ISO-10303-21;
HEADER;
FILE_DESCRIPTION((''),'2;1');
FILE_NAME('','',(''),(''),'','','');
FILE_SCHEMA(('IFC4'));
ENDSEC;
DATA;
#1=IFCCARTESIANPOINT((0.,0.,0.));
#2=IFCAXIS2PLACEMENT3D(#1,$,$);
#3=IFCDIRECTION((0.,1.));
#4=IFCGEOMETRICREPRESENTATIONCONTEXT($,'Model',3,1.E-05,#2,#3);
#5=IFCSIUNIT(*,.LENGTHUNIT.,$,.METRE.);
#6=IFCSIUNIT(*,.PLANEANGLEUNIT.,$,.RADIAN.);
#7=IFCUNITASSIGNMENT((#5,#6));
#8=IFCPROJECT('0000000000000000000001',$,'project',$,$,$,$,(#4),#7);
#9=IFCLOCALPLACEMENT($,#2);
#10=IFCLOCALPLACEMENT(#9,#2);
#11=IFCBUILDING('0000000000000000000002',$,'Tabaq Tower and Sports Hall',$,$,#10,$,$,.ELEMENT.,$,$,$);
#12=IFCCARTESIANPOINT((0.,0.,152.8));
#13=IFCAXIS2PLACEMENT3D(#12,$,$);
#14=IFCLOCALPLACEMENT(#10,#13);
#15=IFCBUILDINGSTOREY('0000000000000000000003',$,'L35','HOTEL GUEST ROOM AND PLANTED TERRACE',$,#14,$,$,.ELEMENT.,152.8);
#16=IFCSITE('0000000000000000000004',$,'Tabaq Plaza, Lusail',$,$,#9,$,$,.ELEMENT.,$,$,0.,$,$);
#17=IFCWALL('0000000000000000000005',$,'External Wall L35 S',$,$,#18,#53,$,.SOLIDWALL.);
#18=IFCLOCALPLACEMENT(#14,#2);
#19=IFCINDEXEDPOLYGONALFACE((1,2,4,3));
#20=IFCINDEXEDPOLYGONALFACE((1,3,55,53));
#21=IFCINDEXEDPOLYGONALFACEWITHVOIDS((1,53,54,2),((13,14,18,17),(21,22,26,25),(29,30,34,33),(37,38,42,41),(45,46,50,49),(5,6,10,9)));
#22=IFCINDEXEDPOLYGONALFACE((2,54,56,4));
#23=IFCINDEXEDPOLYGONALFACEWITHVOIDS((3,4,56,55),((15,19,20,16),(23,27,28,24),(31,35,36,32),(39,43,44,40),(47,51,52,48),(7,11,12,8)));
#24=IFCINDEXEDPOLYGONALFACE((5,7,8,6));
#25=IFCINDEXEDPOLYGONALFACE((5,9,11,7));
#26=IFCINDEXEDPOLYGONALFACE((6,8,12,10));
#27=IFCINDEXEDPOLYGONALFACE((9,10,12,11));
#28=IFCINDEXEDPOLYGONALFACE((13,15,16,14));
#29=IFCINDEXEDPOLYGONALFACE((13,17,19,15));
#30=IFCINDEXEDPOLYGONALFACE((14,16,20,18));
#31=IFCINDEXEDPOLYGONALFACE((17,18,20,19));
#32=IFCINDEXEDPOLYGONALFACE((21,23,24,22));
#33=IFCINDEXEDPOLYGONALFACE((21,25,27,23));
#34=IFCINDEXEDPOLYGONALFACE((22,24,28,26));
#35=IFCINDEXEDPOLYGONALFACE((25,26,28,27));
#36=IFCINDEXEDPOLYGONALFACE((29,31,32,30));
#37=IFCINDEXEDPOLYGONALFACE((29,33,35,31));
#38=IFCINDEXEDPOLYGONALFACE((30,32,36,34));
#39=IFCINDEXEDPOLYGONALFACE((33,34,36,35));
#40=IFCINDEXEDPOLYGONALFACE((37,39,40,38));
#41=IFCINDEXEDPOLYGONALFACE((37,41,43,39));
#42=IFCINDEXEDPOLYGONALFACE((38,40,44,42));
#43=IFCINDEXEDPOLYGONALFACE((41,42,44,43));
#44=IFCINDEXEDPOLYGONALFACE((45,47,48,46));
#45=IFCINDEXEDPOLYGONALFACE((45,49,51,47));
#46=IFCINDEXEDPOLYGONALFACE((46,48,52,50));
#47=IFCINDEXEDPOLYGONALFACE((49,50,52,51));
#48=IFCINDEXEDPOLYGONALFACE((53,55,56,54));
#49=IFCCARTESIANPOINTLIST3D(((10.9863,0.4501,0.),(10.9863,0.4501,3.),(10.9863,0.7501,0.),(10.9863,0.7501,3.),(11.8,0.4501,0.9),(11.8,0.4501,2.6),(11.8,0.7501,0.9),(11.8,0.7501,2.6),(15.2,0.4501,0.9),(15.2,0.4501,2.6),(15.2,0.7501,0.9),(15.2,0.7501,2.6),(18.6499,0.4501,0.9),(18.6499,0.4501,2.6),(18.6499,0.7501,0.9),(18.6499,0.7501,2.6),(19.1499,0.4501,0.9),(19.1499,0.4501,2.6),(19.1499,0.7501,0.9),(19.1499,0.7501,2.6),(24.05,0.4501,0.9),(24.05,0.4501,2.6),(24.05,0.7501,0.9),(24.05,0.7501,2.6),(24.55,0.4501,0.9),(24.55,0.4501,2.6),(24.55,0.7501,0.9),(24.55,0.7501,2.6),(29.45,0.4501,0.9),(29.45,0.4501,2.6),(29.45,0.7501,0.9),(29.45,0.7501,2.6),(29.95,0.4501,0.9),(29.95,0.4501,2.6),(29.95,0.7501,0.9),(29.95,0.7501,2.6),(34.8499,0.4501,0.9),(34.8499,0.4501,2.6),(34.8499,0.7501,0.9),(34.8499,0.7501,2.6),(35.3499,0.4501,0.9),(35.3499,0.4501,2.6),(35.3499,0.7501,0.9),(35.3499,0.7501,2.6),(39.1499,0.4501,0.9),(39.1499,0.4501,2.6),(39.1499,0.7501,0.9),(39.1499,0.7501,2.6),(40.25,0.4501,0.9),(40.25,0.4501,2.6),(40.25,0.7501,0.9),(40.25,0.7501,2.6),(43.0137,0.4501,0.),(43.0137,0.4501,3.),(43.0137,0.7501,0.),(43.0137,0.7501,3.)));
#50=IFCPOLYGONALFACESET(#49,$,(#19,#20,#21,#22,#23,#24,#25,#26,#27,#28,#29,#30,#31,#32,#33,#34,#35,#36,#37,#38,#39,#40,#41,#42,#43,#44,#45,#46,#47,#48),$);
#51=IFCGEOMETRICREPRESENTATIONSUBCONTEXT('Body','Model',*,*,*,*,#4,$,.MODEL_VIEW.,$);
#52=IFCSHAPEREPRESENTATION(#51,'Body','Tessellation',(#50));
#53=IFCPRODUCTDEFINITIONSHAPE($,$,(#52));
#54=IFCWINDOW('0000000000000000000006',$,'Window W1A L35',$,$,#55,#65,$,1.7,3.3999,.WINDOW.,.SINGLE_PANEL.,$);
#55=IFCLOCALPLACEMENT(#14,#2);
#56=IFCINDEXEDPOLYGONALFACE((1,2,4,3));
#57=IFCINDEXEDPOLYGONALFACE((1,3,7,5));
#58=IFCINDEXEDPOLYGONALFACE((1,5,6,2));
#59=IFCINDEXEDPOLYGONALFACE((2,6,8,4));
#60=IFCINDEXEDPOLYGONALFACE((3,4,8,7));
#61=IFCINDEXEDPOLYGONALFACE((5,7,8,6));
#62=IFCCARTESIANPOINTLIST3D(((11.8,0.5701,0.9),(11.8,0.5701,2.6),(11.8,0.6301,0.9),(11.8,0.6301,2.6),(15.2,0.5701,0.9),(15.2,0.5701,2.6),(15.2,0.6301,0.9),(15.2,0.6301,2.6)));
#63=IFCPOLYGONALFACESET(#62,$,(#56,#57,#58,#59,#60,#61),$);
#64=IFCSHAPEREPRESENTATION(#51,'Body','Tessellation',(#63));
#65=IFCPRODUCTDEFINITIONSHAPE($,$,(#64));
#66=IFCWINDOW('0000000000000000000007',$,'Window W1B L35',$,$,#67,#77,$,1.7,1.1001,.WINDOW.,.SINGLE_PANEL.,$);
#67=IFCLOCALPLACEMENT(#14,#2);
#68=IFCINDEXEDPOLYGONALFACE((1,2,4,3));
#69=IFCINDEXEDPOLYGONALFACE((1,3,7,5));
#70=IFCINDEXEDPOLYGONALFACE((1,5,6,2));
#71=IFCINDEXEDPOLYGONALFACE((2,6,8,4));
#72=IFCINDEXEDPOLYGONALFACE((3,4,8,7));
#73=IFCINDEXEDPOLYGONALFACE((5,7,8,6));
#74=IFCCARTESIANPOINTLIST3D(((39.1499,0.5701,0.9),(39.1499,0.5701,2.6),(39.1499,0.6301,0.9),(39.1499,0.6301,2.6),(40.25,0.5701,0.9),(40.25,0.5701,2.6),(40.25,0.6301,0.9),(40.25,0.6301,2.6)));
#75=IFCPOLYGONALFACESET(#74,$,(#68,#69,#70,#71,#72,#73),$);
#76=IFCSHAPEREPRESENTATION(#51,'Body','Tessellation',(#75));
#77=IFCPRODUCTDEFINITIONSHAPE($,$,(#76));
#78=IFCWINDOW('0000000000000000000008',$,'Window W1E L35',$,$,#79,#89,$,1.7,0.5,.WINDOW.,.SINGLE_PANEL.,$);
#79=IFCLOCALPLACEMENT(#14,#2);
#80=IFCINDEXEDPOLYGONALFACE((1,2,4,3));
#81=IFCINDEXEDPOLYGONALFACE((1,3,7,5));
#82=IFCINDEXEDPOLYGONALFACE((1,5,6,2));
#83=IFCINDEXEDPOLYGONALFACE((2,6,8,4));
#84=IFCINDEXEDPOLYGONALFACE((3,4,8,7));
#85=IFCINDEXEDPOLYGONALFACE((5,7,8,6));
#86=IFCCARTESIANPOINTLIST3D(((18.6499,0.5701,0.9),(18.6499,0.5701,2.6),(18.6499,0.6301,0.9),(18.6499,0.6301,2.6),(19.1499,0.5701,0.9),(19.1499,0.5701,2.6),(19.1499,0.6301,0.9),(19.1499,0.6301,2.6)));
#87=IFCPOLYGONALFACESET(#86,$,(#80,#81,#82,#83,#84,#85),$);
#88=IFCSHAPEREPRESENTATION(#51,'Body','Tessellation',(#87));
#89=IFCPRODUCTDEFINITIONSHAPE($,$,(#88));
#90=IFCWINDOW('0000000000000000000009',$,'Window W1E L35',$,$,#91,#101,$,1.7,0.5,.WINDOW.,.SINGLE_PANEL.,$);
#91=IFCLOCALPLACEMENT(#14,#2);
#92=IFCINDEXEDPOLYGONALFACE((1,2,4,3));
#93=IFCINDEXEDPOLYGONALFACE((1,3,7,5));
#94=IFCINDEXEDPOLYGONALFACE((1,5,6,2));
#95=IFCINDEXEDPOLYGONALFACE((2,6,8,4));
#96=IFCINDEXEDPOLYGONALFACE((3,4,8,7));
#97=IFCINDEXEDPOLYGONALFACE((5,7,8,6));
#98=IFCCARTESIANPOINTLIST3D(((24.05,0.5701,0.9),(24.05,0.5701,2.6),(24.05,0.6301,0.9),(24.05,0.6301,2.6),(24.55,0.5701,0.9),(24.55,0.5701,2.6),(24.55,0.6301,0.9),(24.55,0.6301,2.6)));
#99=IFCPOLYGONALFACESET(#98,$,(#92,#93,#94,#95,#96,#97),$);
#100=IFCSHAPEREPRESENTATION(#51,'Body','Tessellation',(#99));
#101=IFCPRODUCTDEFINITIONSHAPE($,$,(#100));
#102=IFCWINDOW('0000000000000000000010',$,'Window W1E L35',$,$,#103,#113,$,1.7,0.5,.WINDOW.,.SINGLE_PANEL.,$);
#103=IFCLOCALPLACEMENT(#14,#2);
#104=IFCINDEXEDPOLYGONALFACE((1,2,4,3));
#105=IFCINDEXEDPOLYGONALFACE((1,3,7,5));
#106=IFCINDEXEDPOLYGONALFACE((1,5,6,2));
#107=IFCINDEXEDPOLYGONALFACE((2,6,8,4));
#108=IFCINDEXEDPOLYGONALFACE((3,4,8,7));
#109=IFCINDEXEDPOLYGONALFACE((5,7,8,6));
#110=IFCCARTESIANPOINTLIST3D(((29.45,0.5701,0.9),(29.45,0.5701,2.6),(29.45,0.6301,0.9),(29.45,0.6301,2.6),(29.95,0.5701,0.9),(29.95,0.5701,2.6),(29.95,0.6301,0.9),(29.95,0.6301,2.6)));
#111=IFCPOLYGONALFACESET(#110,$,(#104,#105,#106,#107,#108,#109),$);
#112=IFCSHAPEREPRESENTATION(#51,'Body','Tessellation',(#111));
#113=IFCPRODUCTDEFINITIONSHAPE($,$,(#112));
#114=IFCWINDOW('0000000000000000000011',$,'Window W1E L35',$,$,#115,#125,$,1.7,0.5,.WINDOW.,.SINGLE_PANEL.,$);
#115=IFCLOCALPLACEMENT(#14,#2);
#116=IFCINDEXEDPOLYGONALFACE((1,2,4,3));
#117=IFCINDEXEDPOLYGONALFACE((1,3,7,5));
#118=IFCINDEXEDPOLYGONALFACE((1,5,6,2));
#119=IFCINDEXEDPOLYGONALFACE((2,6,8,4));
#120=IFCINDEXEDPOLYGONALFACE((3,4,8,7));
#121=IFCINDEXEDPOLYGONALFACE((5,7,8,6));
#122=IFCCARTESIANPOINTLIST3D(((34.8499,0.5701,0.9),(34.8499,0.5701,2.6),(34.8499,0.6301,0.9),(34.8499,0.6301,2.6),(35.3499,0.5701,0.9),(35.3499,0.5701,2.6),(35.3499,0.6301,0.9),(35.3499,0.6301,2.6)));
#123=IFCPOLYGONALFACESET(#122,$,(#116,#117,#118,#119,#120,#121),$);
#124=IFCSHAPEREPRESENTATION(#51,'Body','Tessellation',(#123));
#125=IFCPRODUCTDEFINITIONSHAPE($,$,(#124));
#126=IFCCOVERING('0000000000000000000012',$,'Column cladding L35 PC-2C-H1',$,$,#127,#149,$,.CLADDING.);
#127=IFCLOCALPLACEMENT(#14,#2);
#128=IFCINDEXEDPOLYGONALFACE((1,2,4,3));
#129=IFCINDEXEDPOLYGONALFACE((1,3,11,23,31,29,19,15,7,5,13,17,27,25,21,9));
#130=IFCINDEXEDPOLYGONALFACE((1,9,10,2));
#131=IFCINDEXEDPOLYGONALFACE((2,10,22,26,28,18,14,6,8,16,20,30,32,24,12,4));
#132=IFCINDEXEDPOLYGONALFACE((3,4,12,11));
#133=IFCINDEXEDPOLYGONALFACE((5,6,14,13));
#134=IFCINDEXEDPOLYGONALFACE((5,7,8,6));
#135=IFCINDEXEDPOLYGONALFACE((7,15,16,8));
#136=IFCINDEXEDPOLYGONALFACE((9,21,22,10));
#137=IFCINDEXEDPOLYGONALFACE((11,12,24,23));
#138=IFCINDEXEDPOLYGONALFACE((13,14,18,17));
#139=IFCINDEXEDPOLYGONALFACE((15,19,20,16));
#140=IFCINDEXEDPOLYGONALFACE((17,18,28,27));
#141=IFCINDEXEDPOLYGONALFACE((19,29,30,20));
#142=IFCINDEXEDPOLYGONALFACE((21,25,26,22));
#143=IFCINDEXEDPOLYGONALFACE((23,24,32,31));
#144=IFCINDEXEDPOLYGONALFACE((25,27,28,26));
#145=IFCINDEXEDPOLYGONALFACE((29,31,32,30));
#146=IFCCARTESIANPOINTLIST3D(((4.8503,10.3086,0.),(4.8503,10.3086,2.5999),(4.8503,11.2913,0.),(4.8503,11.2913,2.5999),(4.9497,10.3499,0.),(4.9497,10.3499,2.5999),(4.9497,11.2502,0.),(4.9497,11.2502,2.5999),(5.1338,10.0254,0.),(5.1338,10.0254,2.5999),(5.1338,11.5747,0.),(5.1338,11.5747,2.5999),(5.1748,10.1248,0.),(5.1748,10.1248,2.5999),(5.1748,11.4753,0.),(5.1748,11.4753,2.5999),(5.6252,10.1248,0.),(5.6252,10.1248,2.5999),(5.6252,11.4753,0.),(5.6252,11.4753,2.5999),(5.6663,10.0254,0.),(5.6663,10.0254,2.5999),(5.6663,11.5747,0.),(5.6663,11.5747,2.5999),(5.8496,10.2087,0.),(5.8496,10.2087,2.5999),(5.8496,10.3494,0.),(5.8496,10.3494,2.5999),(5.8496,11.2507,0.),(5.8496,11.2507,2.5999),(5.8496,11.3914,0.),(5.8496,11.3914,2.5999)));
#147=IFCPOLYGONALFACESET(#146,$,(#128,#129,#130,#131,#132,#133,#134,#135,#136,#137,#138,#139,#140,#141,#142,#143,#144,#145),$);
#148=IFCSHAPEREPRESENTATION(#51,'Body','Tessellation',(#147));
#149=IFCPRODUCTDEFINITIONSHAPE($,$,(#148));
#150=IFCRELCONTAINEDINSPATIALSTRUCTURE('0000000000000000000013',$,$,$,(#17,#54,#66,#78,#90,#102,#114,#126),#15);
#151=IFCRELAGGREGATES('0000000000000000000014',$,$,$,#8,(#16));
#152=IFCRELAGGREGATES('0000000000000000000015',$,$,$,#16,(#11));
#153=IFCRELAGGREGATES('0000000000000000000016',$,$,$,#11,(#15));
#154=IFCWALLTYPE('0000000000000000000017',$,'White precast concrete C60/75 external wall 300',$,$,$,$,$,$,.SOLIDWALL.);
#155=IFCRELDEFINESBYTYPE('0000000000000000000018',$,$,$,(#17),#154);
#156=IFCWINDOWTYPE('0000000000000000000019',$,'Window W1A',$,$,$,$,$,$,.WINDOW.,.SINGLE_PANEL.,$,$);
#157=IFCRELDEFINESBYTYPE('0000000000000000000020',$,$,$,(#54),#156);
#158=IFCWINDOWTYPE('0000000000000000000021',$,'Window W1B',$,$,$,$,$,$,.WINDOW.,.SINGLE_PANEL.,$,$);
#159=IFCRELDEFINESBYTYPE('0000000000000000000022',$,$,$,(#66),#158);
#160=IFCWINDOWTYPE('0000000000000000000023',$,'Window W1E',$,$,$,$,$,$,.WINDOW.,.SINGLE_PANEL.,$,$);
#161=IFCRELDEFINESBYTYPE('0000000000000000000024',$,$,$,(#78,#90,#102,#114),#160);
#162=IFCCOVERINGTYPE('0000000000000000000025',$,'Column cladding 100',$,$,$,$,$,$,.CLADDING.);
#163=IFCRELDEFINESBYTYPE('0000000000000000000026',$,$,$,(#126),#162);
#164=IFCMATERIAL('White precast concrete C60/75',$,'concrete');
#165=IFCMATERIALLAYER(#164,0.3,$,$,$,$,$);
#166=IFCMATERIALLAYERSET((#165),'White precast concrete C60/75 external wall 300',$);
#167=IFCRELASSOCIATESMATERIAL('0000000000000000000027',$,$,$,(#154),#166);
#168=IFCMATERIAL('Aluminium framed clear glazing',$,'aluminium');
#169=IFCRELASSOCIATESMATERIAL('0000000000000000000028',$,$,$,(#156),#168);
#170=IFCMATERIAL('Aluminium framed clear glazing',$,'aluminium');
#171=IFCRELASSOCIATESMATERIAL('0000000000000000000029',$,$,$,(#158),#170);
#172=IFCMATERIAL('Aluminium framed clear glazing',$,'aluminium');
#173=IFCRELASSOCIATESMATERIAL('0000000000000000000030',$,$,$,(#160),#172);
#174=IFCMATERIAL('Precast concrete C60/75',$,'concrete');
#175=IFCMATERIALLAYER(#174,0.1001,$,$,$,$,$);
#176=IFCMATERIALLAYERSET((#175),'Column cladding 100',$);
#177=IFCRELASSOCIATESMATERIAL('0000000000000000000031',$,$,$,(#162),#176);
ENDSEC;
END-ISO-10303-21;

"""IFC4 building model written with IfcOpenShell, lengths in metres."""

from ifc_helpers import new_model, si_unit, direction, frame, frame_2d, origin, place, context, subcontext, project, spatial, polyline, rectangle, outline, extrude, material, layer, layer_set, type_object, element, fill, save


model = new_model("IFC4")

# Units and contexts
model_context = context("Model", 3, precision=1e-05, world=origin(), true_north=direction((0.0, 1.0)))
body_context = subcontext(model_context, "Body", "Model", "MODEL_VIEW")
ifc_project = project(units=[si_unit("LENGTHUNIT", "METRE"), si_unit("PLANEANGLEUNIT", "RADIAN")], contexts=[model_context])

# Site, building, storey
site_placement = place(None, origin())
site = spatial("IfcSite", under=ifc_project, at=site_placement, Name="Tabaq Plaza, Lusail", CompositionType="ELEMENT", RefElevation=0.0)
building_placement = place(site_placement, origin())
building = spatial("IfcBuilding", under=site, at=building_placement, Name="Tabaq Tower and Sports Hall", CompositionType="ELEMENT")
storey_placement = place(building_placement, frame((0.0, 0.0, 152.8)))
storey = spatial("IfcBuildingStorey", under=building, at=storey_placement, Name="L35", Description="HOTEL GUEST ROOM AND PLANTED TERRACE", CompositionType="ELEMENT", Elevation=152.8)

# Wall, openings, windows
ifc_material_1 = material(Name="White precast concrete C60/75", Category="concrete")
ifc_layer_1 = layer(ifc_material_1, 0.3)
ifc_layer_set_1 = layer_set([ifc_layer_1], Name="White precast concrete C60/75 external wall 300")
wall_type_1 = type_object("IfcWallType", Name="White precast concrete C60/75 external wall 300", PredefinedType="SOLIDWALL", material=ifc_layer_set_1)
wall_1_placement = place(storey_placement, frame((10.9863, 0.6001, 0.0), z_axis=(0.0, 0.0, 1.0), x_axis=(1.0, 0.0, 0.0)))
wall_1 = element("IfcWall", 1, at=wall_1_placement, inside=storey, type_object=wall_type_1, Name="External Wall L35 S", PredefinedType="SOLIDWALL", context=body_context, shape_type="SweptSolid", body=[
    extrude(rectangle(XDim=32.0273, YDim=0.3, at=frame_2d((16.0137, 0.0))), origin(), (0.0, 0.0, 1.0), 3.0),
])
opening_1_placement = place(wall_1_placement, frame((0.8137, 0.0, 0.8999)))
opening_1 = element("IfcOpeningElement", 2, at=opening_1_placement, cuts=wall_1, PredefinedType="OPENING", context=body_context, shape_type="SweptSolid", body=[
    extrude(rectangle(XDim=3.3999, YDim=1.7, at=frame_2d((1.7, 0.8501))), frame((0.0, 0.1602, 0.0), z_axis=(0.0, -1.0, 0.0), x_axis=(1.0, 0.0, 0.0)), (0.0, 0.0, 1.0), 0.3201),
])
opening_2_placement = place(wall_1_placement, frame((7.6636, 0.0, 0.8999)))
opening_2 = element("IfcOpeningElement", 3, at=opening_2_placement, cuts=wall_1, PredefinedType="OPENING", context=body_context, shape_type="SweptSolid", body=[
    extrude(rectangle(XDim=0.5, YDim=1.7, at=frame_2d((0.25, 0.8501))), frame((0.0, 0.1602, 0.0), z_axis=(0.0, -1.0, 0.0), x_axis=(1.0, 0.0, 0.0)), (0.0, 0.0, 1.0), 0.3201),
])
opening_3_placement = place(wall_1_placement, frame((13.0637, 0.0, 0.8999)))
opening_3 = element("IfcOpeningElement", 4, at=opening_3_placement, cuts=wall_1, PredefinedType="OPENING", context=body_context, shape_type="SweptSolid", body=[
    extrude(rectangle(XDim=0.5, YDim=1.7, at=frame_2d((0.25, 0.8501))), frame((0.0, 0.1602, 0.0), z_axis=(0.0, -1.0, 0.0), x_axis=(1.0, 0.0, 0.0)), (0.0, 0.0, 1.0), 0.3201),
])
opening_4_placement = place(wall_1_placement, frame((18.4636, 0.0, 0.8999)))
opening_4 = element("IfcOpeningElement", 5, at=opening_4_placement, cuts=wall_1, PredefinedType="OPENING", context=body_context, shape_type="SweptSolid", body=[
    extrude(rectangle(XDim=0.5, YDim=1.7, at=frame_2d((0.25, 0.8501))), frame((0.0, 0.1602, 0.0), z_axis=(0.0, -1.0, 0.0), x_axis=(1.0, 0.0, 0.0)), (0.0, 0.0, 1.0), 0.3201),
])
opening_5_placement = place(wall_1_placement, frame((23.8635, 0.0, 0.8999)))
opening_5 = element("IfcOpeningElement", 6, at=opening_5_placement, cuts=wall_1, PredefinedType="OPENING", context=body_context, shape_type="SweptSolid", body=[
    extrude(rectangle(XDim=0.5, YDim=1.7, at=frame_2d((0.25, 0.8501))), frame((0.0, 0.1602, 0.0), z_axis=(0.0, -1.0, 0.0), x_axis=(1.0, 0.0, 0.0)), (0.0, 0.0, 1.0), 0.3201),
])
opening_6_placement = place(wall_1_placement, frame((28.1636, 0.0, 0.8999)))
opening_6 = element("IfcOpeningElement", 7, at=opening_6_placement, cuts=wall_1, PredefinedType="OPENING", context=body_context, shape_type="SweptSolid", body=[
    extrude(rectangle(XDim=1.1001, YDim=1.7, at=frame_2d((0.55, 0.8501))), frame((0.0, 0.1602, 0.0), z_axis=(0.0, -1.0, 0.0), x_axis=(1.0, 0.0, 0.0)), (0.0, 0.0, 1.0), 0.3201),
])
ifc_material_2 = material(Name="Aluminium framed clear glazing", Category="aluminium")
window_type_1 = type_object("IfcWindowType", Name="Window W1A", PartitioningType="SINGLE_PANEL", PredefinedType="WINDOW", material=ifc_material_2)
window_1_placement = place(opening_1_placement, origin())
window_1 = element("IfcWindow", 8, at=window_1_placement, inside=storey, type_object=window_type_1, Name="Window W1A L35", OverallHeight=1.7, OverallWidth=3.3999, PartitioningType="SINGLE_PANEL", PredefinedType="WINDOW", context=body_context, shape_type="SweptSolid", body=[
    extrude(rectangle(XDim=3.3999, YDim=1.7, at=frame_2d((1.7, 0.8501))), frame((0.0, 0.03, 0.0), z_axis=(0.0, -1.0, 0.0), x_axis=(1.0, 0.0, 0.0)), (0.0, 0.0, 1.0), 0.0601),
])
fill(opening_1, window_1)
ifc_material_3 = material(Name="Aluminium framed clear glazing", Category="aluminium")
window_type_2 = type_object("IfcWindowType", Name="Window W1B", PartitioningType="SINGLE_PANEL", PredefinedType="WINDOW", material=ifc_material_3)
window_2_placement = place(opening_6_placement, origin())
window_2 = element("IfcWindow", 9, at=window_2_placement, inside=storey, type_object=window_type_2, Name="Window W1B L35", OverallHeight=1.7, OverallWidth=1.1001, PartitioningType="SINGLE_PANEL", PredefinedType="WINDOW", context=body_context, shape_type="SweptSolid", body=[
    extrude(rectangle(XDim=1.1001, YDim=1.7, at=frame_2d((0.55, 0.8501))), frame((0.0, 0.03, 0.0), z_axis=(0.0, -1.0, 0.0), x_axis=(1.0, 0.0, 0.0)), (0.0, 0.0, 1.0), 0.0601),
])
fill(opening_6, window_2)
ifc_material_4 = material(Name="Aluminium framed clear glazing", Category="aluminium")
window_type_3 = type_object("IfcWindowType", Name="Window W1E", PartitioningType="SINGLE_PANEL", PredefinedType="WINDOW", material=ifc_material_4)
window_3_placement = place(opening_2_placement, origin())
window_3 = element("IfcWindow", 10, at=window_3_placement, inside=storey, type_object=window_type_3, Name="Window W1E L35", OverallHeight=1.7, OverallWidth=0.5, PartitioningType="SINGLE_PANEL", PredefinedType="WINDOW", context=body_context, shape_type="SweptSolid", body=[
    extrude(rectangle(XDim=0.5, YDim=1.7, at=frame_2d((0.25, 0.8501))), frame((0.0, 0.03, 0.0), z_axis=(0.0, -1.0, 0.0), x_axis=(1.0, 0.0, 0.0)), (0.0, 0.0, 1.0), 0.0601),
])
fill(opening_2, window_3)
window_4_placement = place(opening_3_placement, origin())
window_4 = element("IfcWindow", 11, at=window_4_placement, inside=storey, type_object=window_type_3, Name="Window W1E L35", OverallHeight=1.7, OverallWidth=0.5, PartitioningType="SINGLE_PANEL", PredefinedType="WINDOW", context=body_context, shape_type="SweptSolid", body=[
    extrude(rectangle(XDim=0.5, YDim=1.7, at=frame_2d((0.25, 0.8501))), frame((0.0, 0.03, 0.0), z_axis=(0.0, -1.0, 0.0), x_axis=(1.0, 0.0, 0.0)), (0.0, 0.0, 1.0), 0.0601),
])
fill(opening_3, window_4)
window_5_placement = place(opening_4_placement, origin())
window_5 = element("IfcWindow", 12, at=window_5_placement, inside=storey, type_object=window_type_3, Name="Window W1E L35", OverallHeight=1.7, OverallWidth=0.5, PartitioningType="SINGLE_PANEL", PredefinedType="WINDOW", context=body_context, shape_type="SweptSolid", body=[
    extrude(rectangle(XDim=0.5, YDim=1.7, at=frame_2d((0.25, 0.8501))), frame((0.0, 0.03, 0.0), z_axis=(0.0, -1.0, 0.0), x_axis=(1.0, 0.0, 0.0)), (0.0, 0.0, 1.0), 0.0601),
])
fill(opening_4, window_5)
window_6_placement = place(opening_5_placement, origin())
window_6 = element("IfcWindow", 13, at=window_6_placement, inside=storey, type_object=window_type_3, Name="Window W1E L35", OverallHeight=1.7, OverallWidth=0.5, PartitioningType="SINGLE_PANEL", PredefinedType="WINDOW", context=body_context, shape_type="SweptSolid", body=[
    extrude(rectangle(XDim=0.5, YDim=1.7, at=frame_2d((0.25, 0.8501))), frame((0.0, 0.03, 0.0), z_axis=(0.0, -1.0, 0.0), x_axis=(1.0, 0.0, 0.0)), (0.0, 0.0, 1.0), 0.0601),
])
fill(opening_5, window_6)

# Covering
ifc_material_5 = material(Name="Precast concrete C60/75", Category="concrete")
ifc_layer_2 = layer(ifc_material_5, 0.1001)
ifc_layer_set_2 = layer_set([ifc_layer_2], Name="Column cladding 100")
covering_type_1 = type_object("IfcCoveringType", Name="Column cladding 100", PredefinedType="CLADDING", material=ifc_layer_set_2)
covering_1_placement = place(storey_placement, origin())
element("IfcCovering", 14, at=covering_1_placement, inside=storey, type_object=covering_type_1, Name="Column cladding L35 PC-2C-H1", PredefinedType="CLADDING", context=body_context, shape_type="SweptSolid", body=[
    extrude(outline(polyline([(5.1338, 10.0254), (4.8503, 10.3086), (4.8503, 11.2913), (5.1338, 11.5747), (5.6663, 11.5747), (5.8496, 11.3914), (5.8496, 11.2507), (5.6252, 11.4753), (5.1748, 11.4753), (4.9497, 11.2502), (4.9497, 10.3499), (5.1748, 10.1248), (5.6252, 10.1248), (5.8496, 10.3494), (5.8496, 10.2087), (5.6663, 10.0254), (5.1338, 10.0254)])), origin(), (0.0, 0.0, 1.0), 2.5999),
])

save(model, "model.ifc")
